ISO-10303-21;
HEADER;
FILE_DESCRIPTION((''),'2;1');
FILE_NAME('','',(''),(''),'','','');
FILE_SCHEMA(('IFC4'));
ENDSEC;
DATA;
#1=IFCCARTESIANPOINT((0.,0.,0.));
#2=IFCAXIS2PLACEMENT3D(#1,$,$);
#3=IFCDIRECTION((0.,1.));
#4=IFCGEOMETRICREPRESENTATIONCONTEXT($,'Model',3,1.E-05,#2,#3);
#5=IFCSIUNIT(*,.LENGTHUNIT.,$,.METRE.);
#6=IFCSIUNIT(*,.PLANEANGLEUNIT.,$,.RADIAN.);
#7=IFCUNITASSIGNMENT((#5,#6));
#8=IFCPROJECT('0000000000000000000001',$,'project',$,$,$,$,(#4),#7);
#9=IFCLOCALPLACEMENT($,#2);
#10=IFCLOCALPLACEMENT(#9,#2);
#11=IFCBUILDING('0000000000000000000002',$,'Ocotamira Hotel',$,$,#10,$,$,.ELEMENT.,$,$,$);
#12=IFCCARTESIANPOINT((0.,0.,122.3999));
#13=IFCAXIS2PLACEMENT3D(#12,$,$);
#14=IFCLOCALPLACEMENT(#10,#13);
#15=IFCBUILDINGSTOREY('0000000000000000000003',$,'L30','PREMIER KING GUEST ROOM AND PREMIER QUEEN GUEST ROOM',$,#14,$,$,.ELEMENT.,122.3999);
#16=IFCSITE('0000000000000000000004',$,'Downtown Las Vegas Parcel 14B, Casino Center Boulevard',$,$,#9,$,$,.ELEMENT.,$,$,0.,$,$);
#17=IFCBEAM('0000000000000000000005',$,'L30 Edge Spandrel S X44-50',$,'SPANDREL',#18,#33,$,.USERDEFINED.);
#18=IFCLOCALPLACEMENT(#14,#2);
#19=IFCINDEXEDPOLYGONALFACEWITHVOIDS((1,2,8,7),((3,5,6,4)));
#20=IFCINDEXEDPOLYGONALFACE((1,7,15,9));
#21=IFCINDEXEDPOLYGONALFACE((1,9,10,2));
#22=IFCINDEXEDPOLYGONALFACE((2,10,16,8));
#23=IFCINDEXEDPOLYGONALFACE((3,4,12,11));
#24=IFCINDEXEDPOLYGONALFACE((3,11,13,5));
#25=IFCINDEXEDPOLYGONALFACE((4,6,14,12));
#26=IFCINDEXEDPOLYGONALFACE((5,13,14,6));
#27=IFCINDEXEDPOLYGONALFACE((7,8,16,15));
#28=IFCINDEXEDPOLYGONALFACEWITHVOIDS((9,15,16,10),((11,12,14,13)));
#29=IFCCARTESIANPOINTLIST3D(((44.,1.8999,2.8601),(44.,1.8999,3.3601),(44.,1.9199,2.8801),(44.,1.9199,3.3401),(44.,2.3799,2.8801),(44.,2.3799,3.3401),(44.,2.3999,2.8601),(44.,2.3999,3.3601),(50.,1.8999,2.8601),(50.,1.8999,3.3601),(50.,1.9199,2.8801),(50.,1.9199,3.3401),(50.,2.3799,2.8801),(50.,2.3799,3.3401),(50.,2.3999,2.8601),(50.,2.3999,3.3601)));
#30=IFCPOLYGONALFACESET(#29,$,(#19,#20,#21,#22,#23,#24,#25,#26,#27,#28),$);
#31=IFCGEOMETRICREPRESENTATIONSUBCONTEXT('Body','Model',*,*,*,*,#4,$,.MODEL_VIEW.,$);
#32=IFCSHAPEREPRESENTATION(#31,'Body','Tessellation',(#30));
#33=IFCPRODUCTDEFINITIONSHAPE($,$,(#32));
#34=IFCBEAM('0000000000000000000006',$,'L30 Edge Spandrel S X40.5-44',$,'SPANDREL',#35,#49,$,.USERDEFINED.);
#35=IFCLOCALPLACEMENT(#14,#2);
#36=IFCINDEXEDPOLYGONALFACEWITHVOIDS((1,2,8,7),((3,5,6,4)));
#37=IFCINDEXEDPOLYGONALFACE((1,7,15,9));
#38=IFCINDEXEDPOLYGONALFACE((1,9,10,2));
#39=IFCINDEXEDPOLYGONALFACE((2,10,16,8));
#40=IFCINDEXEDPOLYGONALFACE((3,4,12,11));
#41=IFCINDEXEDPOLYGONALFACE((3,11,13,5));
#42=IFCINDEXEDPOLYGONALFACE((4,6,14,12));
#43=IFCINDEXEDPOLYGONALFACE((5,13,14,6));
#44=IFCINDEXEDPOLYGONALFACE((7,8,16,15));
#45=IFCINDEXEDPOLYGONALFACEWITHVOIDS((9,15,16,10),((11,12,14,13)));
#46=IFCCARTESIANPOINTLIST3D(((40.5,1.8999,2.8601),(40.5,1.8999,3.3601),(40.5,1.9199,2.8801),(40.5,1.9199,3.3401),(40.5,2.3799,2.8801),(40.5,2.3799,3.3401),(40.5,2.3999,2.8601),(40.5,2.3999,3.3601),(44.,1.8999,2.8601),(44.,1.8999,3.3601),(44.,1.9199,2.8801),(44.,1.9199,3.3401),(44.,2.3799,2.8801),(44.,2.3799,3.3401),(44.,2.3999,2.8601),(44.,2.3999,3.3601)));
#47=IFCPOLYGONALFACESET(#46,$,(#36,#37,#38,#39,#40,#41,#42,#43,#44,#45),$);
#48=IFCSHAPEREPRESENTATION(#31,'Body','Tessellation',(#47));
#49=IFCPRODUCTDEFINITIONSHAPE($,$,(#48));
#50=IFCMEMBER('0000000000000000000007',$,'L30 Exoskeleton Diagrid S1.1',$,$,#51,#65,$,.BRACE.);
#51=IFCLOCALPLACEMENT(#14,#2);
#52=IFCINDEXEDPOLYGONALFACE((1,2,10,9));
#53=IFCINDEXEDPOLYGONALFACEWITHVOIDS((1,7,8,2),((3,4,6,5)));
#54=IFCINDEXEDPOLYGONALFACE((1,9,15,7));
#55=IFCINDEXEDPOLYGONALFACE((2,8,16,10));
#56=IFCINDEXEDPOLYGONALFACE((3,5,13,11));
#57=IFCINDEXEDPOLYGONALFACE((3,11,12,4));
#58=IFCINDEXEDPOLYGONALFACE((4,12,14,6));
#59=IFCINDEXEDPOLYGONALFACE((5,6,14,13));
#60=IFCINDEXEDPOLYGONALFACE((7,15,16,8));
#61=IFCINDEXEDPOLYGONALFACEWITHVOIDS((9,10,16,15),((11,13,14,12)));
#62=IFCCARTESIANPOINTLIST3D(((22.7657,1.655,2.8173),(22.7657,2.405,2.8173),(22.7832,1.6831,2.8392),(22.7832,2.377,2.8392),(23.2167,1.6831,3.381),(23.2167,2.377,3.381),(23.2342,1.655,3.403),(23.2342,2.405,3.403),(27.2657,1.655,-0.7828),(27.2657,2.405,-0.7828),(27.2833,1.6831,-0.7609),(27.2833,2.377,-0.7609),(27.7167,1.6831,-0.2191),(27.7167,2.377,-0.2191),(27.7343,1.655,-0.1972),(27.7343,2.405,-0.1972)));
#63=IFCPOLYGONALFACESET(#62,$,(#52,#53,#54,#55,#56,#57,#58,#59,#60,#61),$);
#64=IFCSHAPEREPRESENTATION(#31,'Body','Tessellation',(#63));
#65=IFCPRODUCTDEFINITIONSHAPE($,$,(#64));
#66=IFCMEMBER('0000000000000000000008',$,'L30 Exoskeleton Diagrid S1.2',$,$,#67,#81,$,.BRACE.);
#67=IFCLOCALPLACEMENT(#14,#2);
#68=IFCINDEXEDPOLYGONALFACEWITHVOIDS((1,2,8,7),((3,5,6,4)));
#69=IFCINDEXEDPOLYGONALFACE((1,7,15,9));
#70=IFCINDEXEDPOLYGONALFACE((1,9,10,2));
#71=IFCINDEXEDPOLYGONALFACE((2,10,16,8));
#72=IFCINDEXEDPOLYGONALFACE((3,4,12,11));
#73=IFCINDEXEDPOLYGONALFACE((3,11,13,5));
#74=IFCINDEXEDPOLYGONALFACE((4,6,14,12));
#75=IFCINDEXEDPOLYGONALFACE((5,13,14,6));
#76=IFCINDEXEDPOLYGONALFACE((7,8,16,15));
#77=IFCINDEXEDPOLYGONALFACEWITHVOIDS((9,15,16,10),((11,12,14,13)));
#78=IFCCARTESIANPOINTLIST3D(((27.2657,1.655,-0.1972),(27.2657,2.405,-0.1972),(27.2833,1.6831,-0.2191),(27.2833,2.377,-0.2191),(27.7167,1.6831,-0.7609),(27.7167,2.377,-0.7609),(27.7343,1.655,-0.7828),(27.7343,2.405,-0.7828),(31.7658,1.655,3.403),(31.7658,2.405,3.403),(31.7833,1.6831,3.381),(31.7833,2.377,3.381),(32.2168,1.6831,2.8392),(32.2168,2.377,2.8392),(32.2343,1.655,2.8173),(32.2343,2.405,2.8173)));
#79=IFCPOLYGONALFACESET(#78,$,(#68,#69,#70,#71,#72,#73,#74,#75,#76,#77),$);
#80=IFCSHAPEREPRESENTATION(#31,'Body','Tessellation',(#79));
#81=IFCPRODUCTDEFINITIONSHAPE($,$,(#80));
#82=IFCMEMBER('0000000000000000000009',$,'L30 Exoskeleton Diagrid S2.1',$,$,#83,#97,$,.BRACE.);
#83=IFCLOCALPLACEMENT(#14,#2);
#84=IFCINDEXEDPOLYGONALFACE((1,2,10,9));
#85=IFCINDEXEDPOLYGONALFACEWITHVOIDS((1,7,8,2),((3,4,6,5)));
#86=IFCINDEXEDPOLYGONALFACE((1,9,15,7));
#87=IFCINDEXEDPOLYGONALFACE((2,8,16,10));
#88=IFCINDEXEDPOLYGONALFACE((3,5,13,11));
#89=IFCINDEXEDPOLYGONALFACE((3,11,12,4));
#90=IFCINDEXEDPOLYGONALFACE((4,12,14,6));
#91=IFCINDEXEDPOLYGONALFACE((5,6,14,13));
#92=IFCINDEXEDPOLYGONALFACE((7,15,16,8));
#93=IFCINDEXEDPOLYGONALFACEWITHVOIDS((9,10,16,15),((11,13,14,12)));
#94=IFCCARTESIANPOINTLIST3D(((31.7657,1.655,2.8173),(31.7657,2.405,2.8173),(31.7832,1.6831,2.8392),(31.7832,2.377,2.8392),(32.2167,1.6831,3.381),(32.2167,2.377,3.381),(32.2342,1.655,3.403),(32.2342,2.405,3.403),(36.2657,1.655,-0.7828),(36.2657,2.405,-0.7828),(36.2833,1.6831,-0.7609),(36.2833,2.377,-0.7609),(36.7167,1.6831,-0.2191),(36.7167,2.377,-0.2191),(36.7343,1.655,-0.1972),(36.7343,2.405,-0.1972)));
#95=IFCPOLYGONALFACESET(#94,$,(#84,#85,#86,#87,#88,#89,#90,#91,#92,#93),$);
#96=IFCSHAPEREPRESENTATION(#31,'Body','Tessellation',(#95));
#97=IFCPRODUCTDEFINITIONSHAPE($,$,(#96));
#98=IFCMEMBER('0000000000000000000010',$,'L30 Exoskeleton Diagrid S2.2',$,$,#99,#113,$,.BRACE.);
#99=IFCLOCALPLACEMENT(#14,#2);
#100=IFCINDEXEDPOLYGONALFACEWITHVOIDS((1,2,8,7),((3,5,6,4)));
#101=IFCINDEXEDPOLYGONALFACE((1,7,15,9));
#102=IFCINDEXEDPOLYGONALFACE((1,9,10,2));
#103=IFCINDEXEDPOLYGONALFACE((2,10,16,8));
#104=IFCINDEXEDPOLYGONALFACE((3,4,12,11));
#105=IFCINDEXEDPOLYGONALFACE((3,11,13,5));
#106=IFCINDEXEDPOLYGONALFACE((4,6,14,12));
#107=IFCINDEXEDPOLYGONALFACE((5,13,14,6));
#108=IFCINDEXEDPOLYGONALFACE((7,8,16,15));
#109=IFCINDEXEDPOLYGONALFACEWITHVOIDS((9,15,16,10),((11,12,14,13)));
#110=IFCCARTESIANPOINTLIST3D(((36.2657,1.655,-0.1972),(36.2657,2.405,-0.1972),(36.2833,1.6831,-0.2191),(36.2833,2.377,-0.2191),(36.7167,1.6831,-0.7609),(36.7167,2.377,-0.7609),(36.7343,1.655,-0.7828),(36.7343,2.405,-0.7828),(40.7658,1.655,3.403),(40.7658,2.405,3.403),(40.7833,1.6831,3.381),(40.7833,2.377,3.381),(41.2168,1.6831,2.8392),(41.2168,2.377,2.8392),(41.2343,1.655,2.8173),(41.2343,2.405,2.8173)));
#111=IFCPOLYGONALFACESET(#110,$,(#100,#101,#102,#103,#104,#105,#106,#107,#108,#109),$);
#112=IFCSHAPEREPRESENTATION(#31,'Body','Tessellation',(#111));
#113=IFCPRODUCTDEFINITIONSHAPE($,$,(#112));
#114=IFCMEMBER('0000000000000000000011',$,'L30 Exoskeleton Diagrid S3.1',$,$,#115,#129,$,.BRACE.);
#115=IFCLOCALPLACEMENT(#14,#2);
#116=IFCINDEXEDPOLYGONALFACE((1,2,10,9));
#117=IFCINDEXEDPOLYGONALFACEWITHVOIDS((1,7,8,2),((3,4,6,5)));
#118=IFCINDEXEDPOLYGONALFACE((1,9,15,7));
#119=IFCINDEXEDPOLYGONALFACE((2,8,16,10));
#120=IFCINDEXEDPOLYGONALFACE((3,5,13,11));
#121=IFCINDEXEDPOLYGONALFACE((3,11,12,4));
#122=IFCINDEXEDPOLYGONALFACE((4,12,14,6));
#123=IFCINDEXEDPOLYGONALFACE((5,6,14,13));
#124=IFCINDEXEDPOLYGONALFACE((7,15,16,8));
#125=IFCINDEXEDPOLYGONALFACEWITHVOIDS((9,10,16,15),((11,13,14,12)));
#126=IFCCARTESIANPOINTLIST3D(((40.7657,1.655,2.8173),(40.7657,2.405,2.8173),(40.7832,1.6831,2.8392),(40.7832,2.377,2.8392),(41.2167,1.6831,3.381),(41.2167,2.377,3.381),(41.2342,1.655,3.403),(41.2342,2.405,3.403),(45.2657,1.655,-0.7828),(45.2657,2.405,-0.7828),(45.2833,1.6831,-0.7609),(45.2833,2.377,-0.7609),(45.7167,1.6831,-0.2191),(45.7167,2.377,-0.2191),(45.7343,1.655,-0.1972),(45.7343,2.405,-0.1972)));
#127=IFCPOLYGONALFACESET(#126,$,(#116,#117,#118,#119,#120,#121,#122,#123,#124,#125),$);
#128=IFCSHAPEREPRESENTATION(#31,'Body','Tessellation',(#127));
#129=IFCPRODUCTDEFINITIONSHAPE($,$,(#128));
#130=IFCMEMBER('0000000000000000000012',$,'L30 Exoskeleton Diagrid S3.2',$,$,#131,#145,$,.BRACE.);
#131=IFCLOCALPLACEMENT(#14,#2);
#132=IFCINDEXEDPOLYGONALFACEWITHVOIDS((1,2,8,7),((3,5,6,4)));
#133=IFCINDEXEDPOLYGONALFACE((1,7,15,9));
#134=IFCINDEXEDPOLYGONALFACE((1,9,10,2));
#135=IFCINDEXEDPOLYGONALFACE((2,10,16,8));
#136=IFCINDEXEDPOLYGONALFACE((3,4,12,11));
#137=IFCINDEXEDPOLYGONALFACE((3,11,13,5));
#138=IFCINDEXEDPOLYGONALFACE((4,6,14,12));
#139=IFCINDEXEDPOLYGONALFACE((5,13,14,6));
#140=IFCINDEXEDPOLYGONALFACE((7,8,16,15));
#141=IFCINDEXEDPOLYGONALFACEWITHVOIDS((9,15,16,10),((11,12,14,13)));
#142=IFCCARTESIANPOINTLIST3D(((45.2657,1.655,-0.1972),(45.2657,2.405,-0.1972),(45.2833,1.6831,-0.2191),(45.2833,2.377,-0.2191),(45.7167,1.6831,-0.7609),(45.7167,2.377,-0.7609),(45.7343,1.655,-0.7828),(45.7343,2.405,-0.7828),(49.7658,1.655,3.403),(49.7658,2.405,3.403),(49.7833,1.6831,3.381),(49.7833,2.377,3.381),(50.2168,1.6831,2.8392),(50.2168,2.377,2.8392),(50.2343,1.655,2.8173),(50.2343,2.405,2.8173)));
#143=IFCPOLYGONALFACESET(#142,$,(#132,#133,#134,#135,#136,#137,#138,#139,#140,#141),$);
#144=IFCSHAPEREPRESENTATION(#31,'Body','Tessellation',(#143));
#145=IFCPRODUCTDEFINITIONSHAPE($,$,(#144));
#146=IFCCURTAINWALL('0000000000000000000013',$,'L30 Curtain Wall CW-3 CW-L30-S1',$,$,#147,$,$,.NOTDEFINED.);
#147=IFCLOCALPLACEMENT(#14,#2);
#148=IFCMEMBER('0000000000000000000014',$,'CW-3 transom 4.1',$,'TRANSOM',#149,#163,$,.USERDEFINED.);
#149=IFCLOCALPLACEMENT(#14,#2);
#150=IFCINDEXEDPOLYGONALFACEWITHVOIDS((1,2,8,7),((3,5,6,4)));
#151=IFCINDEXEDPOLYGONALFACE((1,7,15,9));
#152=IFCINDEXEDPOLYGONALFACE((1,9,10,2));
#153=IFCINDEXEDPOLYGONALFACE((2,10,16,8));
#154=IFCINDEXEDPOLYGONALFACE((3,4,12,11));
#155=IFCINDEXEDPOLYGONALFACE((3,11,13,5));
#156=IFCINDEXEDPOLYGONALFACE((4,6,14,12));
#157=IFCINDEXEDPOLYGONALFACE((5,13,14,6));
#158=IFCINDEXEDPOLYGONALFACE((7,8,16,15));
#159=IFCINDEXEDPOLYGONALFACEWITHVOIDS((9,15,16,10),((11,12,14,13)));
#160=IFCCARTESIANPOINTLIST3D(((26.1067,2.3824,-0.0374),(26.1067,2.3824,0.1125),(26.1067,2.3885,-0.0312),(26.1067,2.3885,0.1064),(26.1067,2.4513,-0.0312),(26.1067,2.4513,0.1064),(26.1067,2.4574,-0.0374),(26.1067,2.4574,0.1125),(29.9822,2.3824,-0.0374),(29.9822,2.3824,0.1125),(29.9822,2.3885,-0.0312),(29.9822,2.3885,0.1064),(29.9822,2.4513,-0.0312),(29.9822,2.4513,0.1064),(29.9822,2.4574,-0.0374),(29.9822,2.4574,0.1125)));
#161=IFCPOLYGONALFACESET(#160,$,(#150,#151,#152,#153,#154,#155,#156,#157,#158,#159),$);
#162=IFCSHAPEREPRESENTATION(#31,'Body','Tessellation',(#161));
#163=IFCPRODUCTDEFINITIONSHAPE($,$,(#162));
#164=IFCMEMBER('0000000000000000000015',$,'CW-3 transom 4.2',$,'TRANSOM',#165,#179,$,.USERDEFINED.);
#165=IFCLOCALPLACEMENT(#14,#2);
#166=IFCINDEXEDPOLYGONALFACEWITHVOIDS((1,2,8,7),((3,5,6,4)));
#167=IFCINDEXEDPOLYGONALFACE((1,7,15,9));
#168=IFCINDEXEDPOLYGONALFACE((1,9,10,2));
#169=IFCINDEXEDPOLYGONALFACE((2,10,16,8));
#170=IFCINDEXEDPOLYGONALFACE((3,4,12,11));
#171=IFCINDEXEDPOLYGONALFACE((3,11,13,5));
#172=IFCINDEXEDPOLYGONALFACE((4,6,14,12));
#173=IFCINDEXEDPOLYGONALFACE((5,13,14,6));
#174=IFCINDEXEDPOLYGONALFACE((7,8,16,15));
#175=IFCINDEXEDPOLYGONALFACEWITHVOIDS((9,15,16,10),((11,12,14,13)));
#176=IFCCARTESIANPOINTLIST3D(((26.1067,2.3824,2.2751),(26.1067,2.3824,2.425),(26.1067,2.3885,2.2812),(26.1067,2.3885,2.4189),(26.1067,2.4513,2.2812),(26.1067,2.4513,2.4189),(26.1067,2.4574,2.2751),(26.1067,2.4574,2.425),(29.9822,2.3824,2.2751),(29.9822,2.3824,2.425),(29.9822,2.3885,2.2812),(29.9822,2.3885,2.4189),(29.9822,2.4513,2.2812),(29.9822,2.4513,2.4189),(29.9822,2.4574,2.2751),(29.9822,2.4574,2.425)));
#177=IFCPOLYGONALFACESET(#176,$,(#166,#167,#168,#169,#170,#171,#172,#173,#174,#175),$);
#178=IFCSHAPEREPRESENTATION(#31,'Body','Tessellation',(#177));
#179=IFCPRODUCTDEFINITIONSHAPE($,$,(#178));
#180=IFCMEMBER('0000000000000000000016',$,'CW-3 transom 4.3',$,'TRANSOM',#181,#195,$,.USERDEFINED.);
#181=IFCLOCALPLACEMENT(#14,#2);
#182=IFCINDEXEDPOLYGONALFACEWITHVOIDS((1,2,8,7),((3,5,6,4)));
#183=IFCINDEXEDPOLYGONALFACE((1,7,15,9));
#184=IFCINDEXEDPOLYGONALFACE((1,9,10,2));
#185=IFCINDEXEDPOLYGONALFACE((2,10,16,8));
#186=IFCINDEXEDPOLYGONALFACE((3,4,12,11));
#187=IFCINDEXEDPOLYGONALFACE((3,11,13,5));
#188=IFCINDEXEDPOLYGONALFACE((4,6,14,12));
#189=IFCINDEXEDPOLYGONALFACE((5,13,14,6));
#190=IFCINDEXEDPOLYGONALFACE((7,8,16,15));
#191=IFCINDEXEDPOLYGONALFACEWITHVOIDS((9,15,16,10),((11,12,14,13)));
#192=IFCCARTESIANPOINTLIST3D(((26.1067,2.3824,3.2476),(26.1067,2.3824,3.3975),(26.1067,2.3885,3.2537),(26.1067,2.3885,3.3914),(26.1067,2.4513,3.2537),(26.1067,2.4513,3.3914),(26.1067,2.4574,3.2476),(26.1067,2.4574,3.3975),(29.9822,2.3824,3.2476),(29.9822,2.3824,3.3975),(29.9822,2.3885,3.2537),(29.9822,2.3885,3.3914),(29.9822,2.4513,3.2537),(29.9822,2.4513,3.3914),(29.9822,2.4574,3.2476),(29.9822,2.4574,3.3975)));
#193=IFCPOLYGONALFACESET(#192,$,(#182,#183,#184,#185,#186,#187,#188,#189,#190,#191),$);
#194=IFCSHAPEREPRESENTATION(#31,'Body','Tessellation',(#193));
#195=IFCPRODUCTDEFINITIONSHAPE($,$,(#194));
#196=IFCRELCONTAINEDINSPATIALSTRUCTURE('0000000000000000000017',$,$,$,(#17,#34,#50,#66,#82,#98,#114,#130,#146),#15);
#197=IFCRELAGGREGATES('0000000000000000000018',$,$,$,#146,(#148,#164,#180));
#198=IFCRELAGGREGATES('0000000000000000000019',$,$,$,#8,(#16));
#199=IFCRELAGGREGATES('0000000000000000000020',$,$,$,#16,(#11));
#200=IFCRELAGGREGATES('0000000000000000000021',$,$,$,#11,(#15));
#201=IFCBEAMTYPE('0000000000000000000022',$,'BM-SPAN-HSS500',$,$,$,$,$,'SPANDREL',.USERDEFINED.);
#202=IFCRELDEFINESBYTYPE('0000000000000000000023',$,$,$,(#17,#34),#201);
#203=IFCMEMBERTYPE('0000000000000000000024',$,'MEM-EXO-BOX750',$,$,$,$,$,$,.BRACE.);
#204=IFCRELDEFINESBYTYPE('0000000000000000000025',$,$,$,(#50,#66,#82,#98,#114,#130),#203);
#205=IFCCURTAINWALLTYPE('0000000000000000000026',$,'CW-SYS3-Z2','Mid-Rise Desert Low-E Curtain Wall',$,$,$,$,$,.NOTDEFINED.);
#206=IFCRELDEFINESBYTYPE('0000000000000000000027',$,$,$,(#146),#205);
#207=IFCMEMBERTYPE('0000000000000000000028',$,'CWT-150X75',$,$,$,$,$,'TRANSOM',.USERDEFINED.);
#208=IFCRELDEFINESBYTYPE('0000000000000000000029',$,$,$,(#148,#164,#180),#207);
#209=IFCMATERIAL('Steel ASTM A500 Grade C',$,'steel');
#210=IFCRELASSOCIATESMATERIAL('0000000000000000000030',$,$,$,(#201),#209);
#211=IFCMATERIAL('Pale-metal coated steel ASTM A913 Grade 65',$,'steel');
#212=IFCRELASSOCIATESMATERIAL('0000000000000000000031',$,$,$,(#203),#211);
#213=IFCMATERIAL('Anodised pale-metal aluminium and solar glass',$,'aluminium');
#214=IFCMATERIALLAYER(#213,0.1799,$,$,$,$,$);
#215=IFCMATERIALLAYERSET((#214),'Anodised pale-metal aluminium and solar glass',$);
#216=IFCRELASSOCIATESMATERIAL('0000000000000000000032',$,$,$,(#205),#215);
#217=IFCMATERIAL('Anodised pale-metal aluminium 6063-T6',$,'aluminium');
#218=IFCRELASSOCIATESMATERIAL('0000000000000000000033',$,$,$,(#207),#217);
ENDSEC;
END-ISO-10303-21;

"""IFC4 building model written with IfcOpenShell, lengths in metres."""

from ifc_helpers import new_model, si_unit, direction, frame, origin, origin_2d, place, context, subcontext, project, spatial, hollow_rectangle, extrude, source, transform, mapped, material, layer, layer_set, material_profile, profile_set, type_object, element, aggregate, save


model = new_model("IFC4")

# Units and contexts
model_context = context("Model", 3, precision=1e-05, world=origin(), true_north=direction((0.0, 1.0)))
body_context = subcontext(model_context, "Body", "Model", "MODEL_VIEW")
ifc_project = project(units=[si_unit("LENGTHUNIT", "METRE"), si_unit("PLANEANGLEUNIT", "RADIAN")], contexts=[model_context])

# Site, building, storey
site_placement = place(None, origin())
site = spatial("IfcSite", under=ifc_project, at=site_placement, Name="Downtown Las Vegas Parcel 14B, Casino Center Boulevard", CompositionType="ELEMENT", RefElevation=0.0)
building_placement = place(site_placement, origin())
building = spatial("IfcBuilding", under=site, at=building_placement, Name="Ocotamira Hotel", CompositionType="ELEMENT")
storey_placement = place(building_placement, frame((0.0, 0.0, 122.3999)))
storey = spatial("IfcBuildingStorey", under=building, at=storey_placement, Name="L30", Description="PREMIER KING GUEST ROOM AND PREMIER QUEEN GUEST ROOM", CompositionType="ELEMENT", Elevation=122.3999)

# Beams
ifc_material_1 = material(Name="Steel ASTM A500 Grade C", Category="steel")
ifc_material_profile_1 = material_profile(ifc_material_1, hollow_rectangle(XDim=0.5, YDim=0.5, WallThickness=0.02, at=origin_2d()), Name="HSS500X500X20")
ifc_profile_set_1 = profile_set([ifc_material_profile_1], Name="Steel ASTM A500 Grade C")
beam_type = type_object("IfcBeamType", Name="BM-SPAN-HSS500", ElementType="SPANDREL", PredefinedType="USERDEFINED", material=ifc_profile_set_1)
shared_shape_1 = source(origin(), body_context, "Body", "SweptSolid", [
    extrude(hollow_rectangle(XDim=0.5, YDim=0.5, WallThickness=0.02, at=origin_2d()), origin(), (0.0, 0.0, 1.0), 6.0),
])
beam_1_placement = place(storey_placement, frame((44.0, 2.1499, 3.1101), z_axis=(1.0, 0.0, 0.0), x_axis=(0.0, 1.0, 0.0)))
element("IfcBeam", 1, at=beam_1_placement, inside=storey, type_object=beam_type, Name="L30 Edge Spandrel S X44-50", ObjectType="SPANDREL", PredefinedType="USERDEFINED", context=body_context, shape_type="MappedRepresentation", body=[
    mapped(shared_shape_1, transform((0.0, 0.0, 0.0), scale=1.0)),
])
shared_shape_2 = source(origin(), body_context, "Body", "SweptSolid", [
    extrude(hollow_rectangle(XDim=0.5, YDim=0.5, WallThickness=0.02, at=origin_2d()), origin(), (0.0, 0.0, 1.0), 3.5),
])
beam_2_placement = place(storey_placement, frame((40.5, 2.1499, 3.1101), z_axis=(1.0, 0.0, 0.0), x_axis=(0.0, 1.0, 0.0)))
element("IfcBeam", 2, at=beam_2_placement, inside=storey, type_object=beam_type, Name="L30 Edge Spandrel S X40.5-44", ObjectType="SPANDREL", PredefinedType="USERDEFINED", context=body_context, shape_type="MappedRepresentation", body=[
    mapped(shared_shape_2, transform((0.0, 0.0, 0.0), scale=1.0)),
])

# Members
ifc_material_2 = material(Name="Pale-metal coated steel ASTM A913 Grade 65", Category="steel")
ifc_material_profile_2 = material_profile(ifc_material_2, hollow_rectangle(XDim=0.75, YDim=0.75, WallThickness=0.0281, at=origin_2d()), Name="BOX750X750X28")
ifc_profile_set_2 = profile_set([ifc_material_profile_2], Name="Pale-metal coated steel ASTM A913 Grade 65")
member_type_1 = type_object("IfcMemberType", Name="MEM-EXO-BOX750", PredefinedType="BRACE", material=ifc_profile_set_2)
shared_shape_3 = source(origin(), body_context, "Body", "SweptSolid", [
    extrude(hollow_rectangle(XDim=0.75, YDim=0.75, WallThickness=0.0281, at=origin_2d()), origin(), (0.0, 0.0, 1.0), 5.7629),
])
for number, where, z_axis, x_axis, name in (
    (3, (27.5, 2.03, -0.49), (-0.780861, 0.0, 0.624705), (0.0, -1.0, 0.0), "L30 Exoskeleton Diagrid S1.1"),
    (4, (27.5, 2.03, -0.49), (0.780861, 0.0, 0.624705), (0.0, 1.0, 0.0), "L30 Exoskeleton Diagrid S1.2"),
    (5, (36.5, 2.03, -0.49), (-0.780861, 0.0, 0.624705), (0.0, -1.0, 0.0), "L30 Exoskeleton Diagrid S2.1"),
    (6, (36.5, 2.03, -0.49), (0.780861, 0.0, 0.624705), (0.0, 1.0, 0.0), "L30 Exoskeleton Diagrid S2.2"),
    (7, (45.5, 2.03, -0.49), (-0.780861, 0.0, 0.624705), (0.0, -1.0, 0.0), "L30 Exoskeleton Diagrid S3.1"),
    (8, (45.5, 2.03, -0.49), (0.780861, 0.0, 0.624705), (0.0, 1.0, 0.0), "L30 Exoskeleton Diagrid S3.2"),
):
    element("IfcMember", number, at=place(storey_placement, frame(where, z_axis=z_axis, x_axis=x_axis)), inside=storey, type_object=member_type_1, Name=name, PredefinedType="BRACE", context=body_context, shape_type="MappedRepresentation", body=[
        mapped(shared_shape_3, transform((0.0, 0.0, 0.0), scale=1.0)),
    ])

# Curtain wall, members
ifc_material_3 = material(Name="Anodised pale-metal aluminium and solar glass", Category="aluminium")
ifc_layer_1 = layer(ifc_material_3, 0.1799)
ifc_layer_set_1 = layer_set([ifc_layer_1], Name="Anodised pale-metal aluminium and solar glass")
curtain_wall_type = type_object("IfcCurtainWallType", Name="CW-SYS3-Z2", Description="Mid-Rise Desert Low-E Curtain Wall", PredefinedType="NOTDEFINED", material=ifc_layer_set_1)
curtain_wall_placement = place(storey_placement, origin())
curtain_wall = element("IfcCurtainWall", 9, at=curtain_wall_placement, inside=storey, type_object=curtain_wall_type, Name="L30 Curtain Wall CW-3 CW-L30-S1", PredefinedType="NOTDEFINED")
ifc_material_4 = material(Name="Anodised pale-metal aluminium 6063-T6", Category="aluminium")
ifc_material_profile_3 = material_profile(ifc_material_4, hollow_rectangle(XDim=0.075, YDim=0.1499, WallThickness=0.0061, at=origin_2d()), Name="HSS150X75X6")
ifc_profile_set_3 = profile_set([ifc_material_profile_3], Name="Anodised pale-metal aluminium 6063-T6")
member_type_2 = type_object("IfcMemberType", Name="CWT-150X75", ElementType="TRANSOM", PredefinedType="USERDEFINED", material=ifc_profile_set_3)
shared_shape_4 = source(origin(), body_context, "Body", "SweptSolid", [
    extrude(hollow_rectangle(XDim=0.075, YDim=0.1499, WallThickness=0.0061, at=origin_2d()), origin(), (0.0, 0.0, 1.0), 3.8755),
])
member_1_placement = place(storey_placement, frame((26.1067, 2.4199, 0.0376), z_axis=(1.0, 0.0, 0.0), x_axis=(0.0, 1.0, 0.0)))
member_1 = element("IfcMember", 10, at=member_1_placement, type_object=member_type_2, Name="CW-3 transom 4.1", ObjectType="TRANSOM", PredefinedType="USERDEFINED", context=body_context, shape_type="MappedRepresentation", body=[
    mapped(shared_shape_4, transform((0.0, 0.0, 0.0), scale=1.0)),
])
member_2_placement = place(storey_placement, frame((26.1067, 2.4199, 2.3501), z_axis=(1.0, 0.0, 0.0), x_axis=(0.0, 1.0, 0.0)))
member_2 = element("IfcMember", 11, at=member_2_placement, type_object=member_type_2, Name="CW-3 transom 4.2", ObjectType="TRANSOM", PredefinedType="USERDEFINED", context=body_context, shape_type="MappedRepresentation", body=[
    mapped(shared_shape_4, transform((0.0, 0.0, 0.0), scale=1.0)),
])
member_3_placement = place(storey_placement, frame((26.1067, 2.4199, 3.3225), z_axis=(1.0, 0.0, 0.0), x_axis=(0.0, 1.0, 0.0)))
member_3 = element("IfcMember", 12, at=member_3_placement, type_object=member_type_2, Name="CW-3 transom 4.3", ObjectType="TRANSOM", PredefinedType="USERDEFINED", context=body_context, shape_type="MappedRepresentation", body=[
    mapped(shared_shape_4, transform((0.0, 0.0, 0.0), scale=1.0)),
])

aggregate(curtain_wall, [member_1, member_2, member_3])

save(model, "model.ifc")
